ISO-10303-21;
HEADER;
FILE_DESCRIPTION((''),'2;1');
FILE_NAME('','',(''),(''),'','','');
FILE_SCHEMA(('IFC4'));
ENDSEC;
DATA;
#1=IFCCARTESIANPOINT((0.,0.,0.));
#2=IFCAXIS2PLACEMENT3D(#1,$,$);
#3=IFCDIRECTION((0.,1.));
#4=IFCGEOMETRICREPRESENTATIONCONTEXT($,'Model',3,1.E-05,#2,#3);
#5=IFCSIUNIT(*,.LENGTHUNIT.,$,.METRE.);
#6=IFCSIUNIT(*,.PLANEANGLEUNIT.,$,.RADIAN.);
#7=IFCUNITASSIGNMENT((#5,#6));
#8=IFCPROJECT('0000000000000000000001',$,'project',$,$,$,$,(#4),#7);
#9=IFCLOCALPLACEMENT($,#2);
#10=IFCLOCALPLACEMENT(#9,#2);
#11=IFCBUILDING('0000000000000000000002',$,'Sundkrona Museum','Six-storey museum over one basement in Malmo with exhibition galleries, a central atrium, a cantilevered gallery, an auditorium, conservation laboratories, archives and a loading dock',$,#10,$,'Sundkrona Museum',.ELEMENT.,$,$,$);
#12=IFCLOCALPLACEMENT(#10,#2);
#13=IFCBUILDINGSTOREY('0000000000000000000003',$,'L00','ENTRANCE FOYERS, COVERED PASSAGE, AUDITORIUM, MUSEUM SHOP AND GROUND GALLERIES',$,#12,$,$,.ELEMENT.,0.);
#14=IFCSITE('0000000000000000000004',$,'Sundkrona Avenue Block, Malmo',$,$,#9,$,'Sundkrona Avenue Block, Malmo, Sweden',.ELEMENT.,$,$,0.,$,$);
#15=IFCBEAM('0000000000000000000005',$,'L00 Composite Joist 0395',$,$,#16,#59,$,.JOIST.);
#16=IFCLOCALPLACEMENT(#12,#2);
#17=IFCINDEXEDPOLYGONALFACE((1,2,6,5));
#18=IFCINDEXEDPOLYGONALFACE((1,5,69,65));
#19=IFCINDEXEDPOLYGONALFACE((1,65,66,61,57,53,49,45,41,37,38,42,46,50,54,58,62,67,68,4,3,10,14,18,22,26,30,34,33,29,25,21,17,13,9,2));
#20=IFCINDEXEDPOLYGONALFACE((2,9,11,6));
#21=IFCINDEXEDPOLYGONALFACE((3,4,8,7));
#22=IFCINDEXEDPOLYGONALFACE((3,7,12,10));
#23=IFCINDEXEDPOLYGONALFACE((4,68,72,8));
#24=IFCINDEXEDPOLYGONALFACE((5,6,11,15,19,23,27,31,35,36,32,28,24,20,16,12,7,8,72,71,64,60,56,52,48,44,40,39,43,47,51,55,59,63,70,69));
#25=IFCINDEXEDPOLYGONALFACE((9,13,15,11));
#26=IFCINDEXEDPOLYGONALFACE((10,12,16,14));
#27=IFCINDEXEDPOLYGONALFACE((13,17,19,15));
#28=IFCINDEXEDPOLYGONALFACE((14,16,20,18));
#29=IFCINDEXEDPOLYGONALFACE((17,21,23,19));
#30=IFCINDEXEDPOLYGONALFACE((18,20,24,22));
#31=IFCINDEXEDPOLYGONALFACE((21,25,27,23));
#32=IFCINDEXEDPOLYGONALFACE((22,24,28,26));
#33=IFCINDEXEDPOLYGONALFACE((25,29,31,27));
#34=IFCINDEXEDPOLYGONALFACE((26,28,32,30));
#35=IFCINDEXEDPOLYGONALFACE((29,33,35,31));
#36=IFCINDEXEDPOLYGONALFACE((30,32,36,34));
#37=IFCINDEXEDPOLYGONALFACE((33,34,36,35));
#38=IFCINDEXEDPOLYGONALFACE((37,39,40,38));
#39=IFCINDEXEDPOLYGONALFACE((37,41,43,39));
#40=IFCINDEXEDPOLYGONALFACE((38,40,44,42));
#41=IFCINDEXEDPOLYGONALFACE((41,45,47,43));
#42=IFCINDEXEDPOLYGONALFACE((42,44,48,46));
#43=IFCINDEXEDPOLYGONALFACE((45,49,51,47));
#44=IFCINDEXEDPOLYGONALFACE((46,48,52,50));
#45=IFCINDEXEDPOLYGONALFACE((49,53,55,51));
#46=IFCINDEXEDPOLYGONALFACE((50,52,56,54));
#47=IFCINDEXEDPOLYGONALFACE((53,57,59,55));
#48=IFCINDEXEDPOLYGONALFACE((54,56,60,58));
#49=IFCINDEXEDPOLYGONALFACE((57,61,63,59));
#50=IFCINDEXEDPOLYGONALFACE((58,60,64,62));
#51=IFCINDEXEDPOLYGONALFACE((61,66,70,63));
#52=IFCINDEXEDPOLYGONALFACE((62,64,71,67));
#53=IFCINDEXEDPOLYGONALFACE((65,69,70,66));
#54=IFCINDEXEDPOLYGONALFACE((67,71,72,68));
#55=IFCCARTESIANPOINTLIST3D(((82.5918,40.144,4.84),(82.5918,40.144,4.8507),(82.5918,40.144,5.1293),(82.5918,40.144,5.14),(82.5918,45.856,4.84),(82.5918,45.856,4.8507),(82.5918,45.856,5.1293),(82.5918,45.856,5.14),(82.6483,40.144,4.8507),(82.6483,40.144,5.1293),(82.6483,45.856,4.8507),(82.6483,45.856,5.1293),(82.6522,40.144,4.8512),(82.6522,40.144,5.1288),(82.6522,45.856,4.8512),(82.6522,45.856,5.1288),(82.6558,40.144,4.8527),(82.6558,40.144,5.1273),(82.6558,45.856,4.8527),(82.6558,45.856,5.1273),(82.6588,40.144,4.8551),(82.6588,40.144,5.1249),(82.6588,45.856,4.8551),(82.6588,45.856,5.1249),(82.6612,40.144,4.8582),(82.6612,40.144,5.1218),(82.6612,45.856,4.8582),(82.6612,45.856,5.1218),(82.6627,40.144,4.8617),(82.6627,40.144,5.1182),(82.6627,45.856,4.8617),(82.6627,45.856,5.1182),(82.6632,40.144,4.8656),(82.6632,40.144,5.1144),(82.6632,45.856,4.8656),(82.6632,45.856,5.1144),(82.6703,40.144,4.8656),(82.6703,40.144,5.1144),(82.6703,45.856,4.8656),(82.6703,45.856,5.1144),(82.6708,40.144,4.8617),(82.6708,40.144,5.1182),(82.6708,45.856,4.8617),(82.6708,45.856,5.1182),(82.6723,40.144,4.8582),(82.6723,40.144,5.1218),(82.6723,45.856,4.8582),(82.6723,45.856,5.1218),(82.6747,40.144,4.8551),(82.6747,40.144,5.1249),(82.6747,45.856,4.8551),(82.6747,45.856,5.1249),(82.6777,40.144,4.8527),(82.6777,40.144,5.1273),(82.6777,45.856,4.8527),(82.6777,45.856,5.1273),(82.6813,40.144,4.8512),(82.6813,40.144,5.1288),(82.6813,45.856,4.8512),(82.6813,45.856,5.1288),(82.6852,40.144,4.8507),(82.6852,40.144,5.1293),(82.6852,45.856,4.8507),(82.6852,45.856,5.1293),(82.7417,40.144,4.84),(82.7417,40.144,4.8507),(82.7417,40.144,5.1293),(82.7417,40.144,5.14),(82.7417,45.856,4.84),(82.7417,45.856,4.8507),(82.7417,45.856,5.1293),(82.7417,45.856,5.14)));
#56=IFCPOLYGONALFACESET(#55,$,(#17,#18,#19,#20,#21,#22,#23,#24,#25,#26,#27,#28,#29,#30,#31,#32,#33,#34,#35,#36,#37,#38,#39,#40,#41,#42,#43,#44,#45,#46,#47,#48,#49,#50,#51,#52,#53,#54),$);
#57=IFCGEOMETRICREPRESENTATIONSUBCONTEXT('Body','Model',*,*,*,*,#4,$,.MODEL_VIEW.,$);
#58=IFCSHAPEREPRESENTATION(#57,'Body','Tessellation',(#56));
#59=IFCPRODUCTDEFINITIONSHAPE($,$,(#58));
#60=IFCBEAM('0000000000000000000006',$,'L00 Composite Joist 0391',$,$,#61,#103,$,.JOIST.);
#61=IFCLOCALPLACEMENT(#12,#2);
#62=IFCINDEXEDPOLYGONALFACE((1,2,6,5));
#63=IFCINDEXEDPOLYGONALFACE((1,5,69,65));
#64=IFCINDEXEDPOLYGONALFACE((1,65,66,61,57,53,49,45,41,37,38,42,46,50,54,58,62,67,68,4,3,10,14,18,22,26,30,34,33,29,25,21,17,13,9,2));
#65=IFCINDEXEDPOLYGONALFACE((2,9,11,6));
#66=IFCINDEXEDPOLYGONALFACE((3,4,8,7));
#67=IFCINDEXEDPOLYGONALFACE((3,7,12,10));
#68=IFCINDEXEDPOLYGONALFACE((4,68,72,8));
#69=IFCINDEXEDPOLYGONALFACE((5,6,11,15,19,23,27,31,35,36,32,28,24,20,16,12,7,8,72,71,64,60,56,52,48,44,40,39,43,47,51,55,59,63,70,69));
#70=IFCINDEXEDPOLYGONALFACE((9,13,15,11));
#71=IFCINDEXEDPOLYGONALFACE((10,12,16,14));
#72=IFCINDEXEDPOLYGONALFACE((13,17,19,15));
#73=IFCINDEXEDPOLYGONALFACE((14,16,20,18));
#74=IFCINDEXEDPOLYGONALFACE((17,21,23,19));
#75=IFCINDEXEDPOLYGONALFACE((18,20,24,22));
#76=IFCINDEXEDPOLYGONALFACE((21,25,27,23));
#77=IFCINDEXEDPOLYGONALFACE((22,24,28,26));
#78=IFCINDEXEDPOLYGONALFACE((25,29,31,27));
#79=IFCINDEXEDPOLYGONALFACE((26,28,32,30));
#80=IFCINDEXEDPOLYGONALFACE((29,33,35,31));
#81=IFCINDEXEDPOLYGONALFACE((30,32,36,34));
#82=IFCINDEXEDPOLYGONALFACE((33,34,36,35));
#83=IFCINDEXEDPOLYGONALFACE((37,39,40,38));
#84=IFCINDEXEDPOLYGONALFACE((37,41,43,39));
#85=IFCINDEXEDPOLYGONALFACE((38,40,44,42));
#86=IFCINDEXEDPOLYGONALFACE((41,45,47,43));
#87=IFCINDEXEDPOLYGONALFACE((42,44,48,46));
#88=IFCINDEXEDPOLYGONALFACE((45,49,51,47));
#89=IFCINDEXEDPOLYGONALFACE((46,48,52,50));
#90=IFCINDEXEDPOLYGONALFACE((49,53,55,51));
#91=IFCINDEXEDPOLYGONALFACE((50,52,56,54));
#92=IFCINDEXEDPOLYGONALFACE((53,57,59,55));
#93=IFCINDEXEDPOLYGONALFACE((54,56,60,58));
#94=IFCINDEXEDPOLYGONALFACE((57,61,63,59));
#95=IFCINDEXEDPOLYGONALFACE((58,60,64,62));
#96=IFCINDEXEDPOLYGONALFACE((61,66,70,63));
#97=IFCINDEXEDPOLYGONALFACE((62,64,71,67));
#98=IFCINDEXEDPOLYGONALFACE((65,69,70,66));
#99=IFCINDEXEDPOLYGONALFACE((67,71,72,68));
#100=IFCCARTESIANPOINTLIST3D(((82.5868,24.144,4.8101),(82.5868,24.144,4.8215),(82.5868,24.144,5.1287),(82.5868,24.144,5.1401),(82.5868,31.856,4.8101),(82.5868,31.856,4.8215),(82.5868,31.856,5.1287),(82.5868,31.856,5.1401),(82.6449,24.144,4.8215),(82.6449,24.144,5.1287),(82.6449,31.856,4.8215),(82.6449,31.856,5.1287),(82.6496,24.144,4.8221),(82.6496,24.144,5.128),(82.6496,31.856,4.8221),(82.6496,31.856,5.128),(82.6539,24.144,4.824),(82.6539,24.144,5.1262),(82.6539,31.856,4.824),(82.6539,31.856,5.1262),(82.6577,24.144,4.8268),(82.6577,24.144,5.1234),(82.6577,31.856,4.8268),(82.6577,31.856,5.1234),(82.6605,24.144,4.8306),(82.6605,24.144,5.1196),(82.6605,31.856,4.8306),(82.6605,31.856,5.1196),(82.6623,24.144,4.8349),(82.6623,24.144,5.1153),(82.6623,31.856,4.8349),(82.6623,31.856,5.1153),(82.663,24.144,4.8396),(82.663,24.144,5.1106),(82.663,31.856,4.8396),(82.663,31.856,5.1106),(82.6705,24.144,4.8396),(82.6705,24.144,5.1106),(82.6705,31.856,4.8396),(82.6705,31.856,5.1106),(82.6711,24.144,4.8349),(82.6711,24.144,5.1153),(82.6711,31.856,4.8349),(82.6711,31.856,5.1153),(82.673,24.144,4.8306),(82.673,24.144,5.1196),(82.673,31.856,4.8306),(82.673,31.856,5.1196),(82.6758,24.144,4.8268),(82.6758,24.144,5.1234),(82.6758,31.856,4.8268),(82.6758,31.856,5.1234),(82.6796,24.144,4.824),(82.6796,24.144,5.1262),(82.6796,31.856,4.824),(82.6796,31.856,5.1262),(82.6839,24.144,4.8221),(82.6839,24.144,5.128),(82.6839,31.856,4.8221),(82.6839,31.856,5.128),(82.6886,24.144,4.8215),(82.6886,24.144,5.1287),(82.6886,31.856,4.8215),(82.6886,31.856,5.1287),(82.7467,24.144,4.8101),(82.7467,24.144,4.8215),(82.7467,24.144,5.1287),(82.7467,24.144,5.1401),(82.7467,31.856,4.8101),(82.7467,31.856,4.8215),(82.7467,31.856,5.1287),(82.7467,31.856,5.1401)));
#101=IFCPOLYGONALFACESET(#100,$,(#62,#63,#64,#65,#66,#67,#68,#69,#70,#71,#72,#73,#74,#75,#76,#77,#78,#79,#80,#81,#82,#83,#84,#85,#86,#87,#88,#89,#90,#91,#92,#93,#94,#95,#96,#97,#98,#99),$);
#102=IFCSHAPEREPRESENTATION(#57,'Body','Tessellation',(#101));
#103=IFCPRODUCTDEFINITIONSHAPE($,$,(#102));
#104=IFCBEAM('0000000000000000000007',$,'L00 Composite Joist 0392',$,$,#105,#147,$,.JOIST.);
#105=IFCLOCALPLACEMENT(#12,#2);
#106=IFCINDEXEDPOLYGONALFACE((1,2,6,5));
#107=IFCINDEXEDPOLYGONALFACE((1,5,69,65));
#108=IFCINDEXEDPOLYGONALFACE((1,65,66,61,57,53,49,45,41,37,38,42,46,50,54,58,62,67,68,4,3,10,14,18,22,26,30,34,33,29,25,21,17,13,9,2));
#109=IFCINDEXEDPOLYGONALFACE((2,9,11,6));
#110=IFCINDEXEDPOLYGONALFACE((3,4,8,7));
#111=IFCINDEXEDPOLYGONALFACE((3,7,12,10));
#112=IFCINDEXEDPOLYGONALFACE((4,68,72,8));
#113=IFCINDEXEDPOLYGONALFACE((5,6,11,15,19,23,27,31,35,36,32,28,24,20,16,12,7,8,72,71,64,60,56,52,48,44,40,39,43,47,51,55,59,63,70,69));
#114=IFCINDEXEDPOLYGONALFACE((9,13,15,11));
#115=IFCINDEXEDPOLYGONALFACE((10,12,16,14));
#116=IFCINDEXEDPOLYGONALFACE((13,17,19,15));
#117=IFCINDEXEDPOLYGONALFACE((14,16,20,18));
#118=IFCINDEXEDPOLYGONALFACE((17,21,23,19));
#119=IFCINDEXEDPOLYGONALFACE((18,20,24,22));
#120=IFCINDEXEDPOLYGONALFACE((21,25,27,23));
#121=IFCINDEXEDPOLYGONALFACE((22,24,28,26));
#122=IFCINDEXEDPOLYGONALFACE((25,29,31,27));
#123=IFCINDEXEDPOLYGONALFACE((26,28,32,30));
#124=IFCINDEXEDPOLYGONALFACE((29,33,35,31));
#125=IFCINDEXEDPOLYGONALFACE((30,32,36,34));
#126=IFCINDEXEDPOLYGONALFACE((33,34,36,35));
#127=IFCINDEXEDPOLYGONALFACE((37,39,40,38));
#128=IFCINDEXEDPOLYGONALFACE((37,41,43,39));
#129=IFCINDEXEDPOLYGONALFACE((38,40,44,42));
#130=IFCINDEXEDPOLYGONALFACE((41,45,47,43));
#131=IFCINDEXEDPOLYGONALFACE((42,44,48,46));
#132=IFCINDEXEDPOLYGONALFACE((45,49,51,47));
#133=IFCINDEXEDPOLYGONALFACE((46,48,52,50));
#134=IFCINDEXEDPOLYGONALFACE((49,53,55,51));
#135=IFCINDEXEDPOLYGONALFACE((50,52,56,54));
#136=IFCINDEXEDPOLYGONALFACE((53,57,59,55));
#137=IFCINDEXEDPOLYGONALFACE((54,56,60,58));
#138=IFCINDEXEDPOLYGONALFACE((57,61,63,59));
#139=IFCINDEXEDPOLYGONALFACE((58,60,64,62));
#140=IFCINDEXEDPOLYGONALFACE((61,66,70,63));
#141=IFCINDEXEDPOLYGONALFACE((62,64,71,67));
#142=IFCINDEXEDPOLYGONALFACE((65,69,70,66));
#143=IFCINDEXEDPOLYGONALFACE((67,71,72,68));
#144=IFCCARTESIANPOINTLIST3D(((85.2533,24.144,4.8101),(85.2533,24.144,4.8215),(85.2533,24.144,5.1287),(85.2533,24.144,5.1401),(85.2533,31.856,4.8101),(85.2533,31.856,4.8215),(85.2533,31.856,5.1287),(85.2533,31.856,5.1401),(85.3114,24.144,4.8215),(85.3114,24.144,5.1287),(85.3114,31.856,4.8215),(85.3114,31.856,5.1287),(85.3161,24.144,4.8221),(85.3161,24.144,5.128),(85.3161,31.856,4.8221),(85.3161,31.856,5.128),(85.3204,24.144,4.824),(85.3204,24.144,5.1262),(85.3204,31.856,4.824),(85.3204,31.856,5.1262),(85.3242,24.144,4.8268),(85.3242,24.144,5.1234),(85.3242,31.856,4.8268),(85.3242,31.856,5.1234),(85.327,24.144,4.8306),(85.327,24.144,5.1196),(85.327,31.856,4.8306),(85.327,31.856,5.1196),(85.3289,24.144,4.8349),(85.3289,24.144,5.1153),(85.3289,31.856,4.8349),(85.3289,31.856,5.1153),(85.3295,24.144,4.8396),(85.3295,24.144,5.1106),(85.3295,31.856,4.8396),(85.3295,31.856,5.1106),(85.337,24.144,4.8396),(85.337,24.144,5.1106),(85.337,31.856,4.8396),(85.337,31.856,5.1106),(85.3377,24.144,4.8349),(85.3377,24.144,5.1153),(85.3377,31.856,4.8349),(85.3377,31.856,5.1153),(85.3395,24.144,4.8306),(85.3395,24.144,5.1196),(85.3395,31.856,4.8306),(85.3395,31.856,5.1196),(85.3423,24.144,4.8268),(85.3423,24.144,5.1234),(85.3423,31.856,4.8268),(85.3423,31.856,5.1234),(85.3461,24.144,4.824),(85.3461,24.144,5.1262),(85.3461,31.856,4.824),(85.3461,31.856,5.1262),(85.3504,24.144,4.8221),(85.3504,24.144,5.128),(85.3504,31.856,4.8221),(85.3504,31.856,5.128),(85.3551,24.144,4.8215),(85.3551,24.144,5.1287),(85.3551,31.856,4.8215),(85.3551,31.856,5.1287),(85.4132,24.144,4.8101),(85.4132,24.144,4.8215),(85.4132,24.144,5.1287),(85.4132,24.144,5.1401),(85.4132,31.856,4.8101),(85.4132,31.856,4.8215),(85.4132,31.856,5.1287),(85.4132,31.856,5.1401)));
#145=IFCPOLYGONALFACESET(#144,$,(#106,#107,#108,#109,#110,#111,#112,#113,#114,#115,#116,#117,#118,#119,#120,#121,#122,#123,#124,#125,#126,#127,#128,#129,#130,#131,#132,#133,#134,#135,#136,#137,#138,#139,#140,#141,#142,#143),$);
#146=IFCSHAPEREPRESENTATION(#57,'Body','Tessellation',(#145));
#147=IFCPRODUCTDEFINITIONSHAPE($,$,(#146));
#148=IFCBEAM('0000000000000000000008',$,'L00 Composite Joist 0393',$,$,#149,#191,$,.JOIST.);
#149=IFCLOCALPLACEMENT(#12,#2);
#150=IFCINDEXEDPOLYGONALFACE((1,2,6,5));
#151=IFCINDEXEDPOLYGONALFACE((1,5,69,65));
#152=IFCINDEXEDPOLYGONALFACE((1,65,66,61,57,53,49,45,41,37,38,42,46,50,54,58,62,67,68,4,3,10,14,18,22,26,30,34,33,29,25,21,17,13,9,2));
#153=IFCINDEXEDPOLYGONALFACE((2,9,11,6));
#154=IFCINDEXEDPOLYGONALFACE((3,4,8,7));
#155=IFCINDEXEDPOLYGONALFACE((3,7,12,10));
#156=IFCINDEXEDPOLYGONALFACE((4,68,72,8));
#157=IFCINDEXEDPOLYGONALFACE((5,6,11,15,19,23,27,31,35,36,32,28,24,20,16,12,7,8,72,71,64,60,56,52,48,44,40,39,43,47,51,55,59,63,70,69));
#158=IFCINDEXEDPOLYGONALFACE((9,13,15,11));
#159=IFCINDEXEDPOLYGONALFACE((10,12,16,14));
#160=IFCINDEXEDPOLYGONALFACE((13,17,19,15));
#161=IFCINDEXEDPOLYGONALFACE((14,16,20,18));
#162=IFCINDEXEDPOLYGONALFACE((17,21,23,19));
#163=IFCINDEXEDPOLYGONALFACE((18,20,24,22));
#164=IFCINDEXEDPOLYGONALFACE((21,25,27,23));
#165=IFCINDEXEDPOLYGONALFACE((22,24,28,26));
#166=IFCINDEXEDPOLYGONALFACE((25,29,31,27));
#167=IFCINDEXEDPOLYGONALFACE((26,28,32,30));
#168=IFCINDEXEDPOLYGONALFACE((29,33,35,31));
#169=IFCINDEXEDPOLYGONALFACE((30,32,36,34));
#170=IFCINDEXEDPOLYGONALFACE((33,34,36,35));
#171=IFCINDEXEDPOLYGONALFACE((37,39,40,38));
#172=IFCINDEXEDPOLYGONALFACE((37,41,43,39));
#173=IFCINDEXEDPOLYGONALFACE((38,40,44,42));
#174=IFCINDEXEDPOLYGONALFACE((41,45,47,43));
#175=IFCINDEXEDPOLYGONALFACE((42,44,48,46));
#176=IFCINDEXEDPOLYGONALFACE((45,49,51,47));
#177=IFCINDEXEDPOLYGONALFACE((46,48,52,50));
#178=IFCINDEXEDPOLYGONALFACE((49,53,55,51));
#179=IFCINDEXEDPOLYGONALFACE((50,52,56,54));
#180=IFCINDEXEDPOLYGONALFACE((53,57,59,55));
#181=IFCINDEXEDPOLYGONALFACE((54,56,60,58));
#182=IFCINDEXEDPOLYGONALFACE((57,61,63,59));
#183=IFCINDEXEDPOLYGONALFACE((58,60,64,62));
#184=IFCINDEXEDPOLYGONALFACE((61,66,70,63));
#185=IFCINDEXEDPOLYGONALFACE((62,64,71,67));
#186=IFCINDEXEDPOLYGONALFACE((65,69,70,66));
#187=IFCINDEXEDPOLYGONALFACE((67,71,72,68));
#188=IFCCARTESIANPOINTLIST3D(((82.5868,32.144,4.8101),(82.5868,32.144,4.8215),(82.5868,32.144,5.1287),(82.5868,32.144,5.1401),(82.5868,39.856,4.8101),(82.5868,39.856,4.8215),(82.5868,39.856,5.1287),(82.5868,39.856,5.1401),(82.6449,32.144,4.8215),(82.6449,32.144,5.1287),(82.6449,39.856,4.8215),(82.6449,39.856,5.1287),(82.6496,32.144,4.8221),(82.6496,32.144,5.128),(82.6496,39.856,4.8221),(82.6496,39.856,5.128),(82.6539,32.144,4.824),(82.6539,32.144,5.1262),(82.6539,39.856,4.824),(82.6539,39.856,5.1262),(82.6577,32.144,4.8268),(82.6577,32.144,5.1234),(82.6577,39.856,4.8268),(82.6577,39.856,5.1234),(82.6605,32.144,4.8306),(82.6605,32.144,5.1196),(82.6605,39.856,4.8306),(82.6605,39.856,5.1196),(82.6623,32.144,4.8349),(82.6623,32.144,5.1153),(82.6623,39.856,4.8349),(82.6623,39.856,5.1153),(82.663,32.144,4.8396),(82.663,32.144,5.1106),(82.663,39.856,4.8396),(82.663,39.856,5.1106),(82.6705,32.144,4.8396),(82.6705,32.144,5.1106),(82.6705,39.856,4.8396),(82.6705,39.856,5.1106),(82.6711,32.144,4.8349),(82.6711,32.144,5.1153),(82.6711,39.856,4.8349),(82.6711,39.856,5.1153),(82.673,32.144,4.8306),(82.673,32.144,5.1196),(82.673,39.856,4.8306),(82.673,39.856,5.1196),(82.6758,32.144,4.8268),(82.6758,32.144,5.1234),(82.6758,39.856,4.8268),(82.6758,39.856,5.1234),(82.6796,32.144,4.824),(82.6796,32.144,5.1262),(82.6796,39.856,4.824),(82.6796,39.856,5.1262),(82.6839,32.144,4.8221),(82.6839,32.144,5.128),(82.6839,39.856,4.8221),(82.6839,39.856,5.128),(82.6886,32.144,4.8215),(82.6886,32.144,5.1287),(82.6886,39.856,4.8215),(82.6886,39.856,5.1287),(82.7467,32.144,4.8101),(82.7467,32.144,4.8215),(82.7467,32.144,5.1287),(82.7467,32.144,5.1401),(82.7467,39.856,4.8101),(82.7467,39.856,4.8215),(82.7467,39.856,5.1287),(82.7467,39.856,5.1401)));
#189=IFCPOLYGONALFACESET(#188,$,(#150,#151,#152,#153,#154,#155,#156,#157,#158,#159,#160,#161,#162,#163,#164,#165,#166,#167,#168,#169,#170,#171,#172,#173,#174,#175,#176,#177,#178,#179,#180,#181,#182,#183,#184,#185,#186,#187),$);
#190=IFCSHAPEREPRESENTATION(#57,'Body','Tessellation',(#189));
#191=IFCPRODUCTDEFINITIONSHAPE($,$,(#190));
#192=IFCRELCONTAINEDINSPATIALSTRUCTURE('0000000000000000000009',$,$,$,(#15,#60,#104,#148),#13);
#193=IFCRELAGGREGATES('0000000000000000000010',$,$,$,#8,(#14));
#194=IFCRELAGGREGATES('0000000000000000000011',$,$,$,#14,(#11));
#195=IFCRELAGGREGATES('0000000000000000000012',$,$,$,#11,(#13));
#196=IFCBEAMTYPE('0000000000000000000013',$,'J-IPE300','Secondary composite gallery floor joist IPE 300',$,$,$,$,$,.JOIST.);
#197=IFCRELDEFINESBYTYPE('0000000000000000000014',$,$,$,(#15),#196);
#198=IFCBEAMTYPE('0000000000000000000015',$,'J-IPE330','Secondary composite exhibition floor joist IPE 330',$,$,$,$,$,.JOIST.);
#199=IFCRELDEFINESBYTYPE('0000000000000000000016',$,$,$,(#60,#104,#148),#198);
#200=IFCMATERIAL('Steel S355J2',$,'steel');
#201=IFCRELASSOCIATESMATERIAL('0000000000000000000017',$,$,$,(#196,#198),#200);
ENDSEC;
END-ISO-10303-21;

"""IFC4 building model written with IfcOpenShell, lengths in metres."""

from ifc_helpers import new_model, si_unit, direction, frame, origin, origin_2d, place, context, subcontext, project, spatial, i_section, extrude, material, material_profile, profile_set, type_object, element, save


model = new_model("IFC4")

# Units and contexts
model_context = context("Model", 3, precision=1e-05, world=origin(), true_north=direction((0.0, 1.0)))
body_context = subcontext(model_context, "Body", "Model", "MODEL_VIEW")
ifc_project = project(units=[si_unit("LENGTHUNIT", "METRE"), si_unit("PLANEANGLEUNIT", "RADIAN")], contexts=[model_context])

# Site, building, storey
site_placement = place(None, origin())
site = spatial("IfcSite", under=ifc_project, at=site_placement, Name="Sundkrona Avenue Block, Malmo", LongName="Sundkrona Avenue Block, Malmo, Sweden", CompositionType="ELEMENT", RefElevation=0.0)
building_placement = place(site_placement, origin())
building = spatial("IfcBuilding", under=site, at=building_placement, Name="Sundkrona Museum", Description="Six-storey museum over one basement in Malmo with exhibition galleries, a central atrium, a cantilevered gallery, an auditorium, conservation laboratories, archives and a loading dock", LongName="Sundkrona Museum", CompositionType="ELEMENT")
storey_placement = place(building_placement, origin())
storey = spatial("IfcBuildingStorey", under=building, at=storey_placement, Name="L00", Description="ENTRANCE FOYERS, COVERED PASSAGE, AUDITORIUM, MUSEUM SHOP AND GROUND GALLERIES", CompositionType="ELEMENT", Elevation=0.0)

# Shared definitions
ifc_material_1 = material(Name="Steel S355J2", Category="steel")

# Beams
ifc_material_profile_1 = material_profile(ifc_material_1, i_section(OverallWidth=0.1499, OverallDepth=0.3, WebThickness=0.0071, FlangeThickness=0.0107, FilletRadius=0.0149, at=origin_2d()), Name="IPE 300")
ifc_profile_set_1 = profile_set([ifc_material_profile_1], Name="Steel S355J2")
beam_type_1 = type_object("IfcBeamType", Name="J-IPE300", Description="Secondary composite gallery floor joist IPE 300", PredefinedType="JOIST", material=ifc_profile_set_1)
beam_1_placement = place(storey_placement, frame((82.6667, 40.144, 4.99), z_axis=(0.0, 1.0, 0.0), x_axis=(-1.0, 0.0, 0.0)))
element("IfcBeam", 1, at=beam_1_placement, inside=storey, type_object=beam_type_1, Name="L00 Composite Joist 0395", PredefinedType="JOIST", context=body_context, shape_type="SweptSolid", body=[
    extrude(i_section(OverallWidth=0.1499, OverallDepth=0.3, WebThickness=0.0071, FlangeThickness=0.0107, FilletRadius=0.0149, at=origin_2d()), origin(), (0.0, 0.0, 1.0), 5.7119),
])
ifc_material_profile_2 = material_profile(ifc_material_1, i_section(OverallWidth=0.1599, OverallDepth=0.3301, WebThickness=0.0076, FlangeThickness=0.0115, FilletRadius=0.0181, at=origin_2d()), Name="IPE 330")
ifc_profile_set_2 = profile_set([ifc_material_profile_2], Name="Steel S355J2")
beam_type_2 = type_object("IfcBeamType", Name="J-IPE330", Description="Secondary composite exhibition floor joist IPE 330", PredefinedType="JOIST", material=ifc_profile_set_2)
for number, where, z_axis, x_axis, name in (
    (2, (82.6667, 24.144, 4.9751), (0.0, 1.0, 0.0), (-1.0, 0.0, 0.0), "L00 Composite Joist 0391"),
    (3, (85.3333, 24.144, 4.9751), (0.0, 1.0, 0.0), (-1.0, 0.0, 0.0), "L00 Composite Joist 0392"),
    (4, (82.6667, 32.144, 4.9751), (0.0, 1.0, 0.0), (-1.0, 0.0, 0.0), "L00 Composite Joist 0393"),
):
    element("IfcBeam", number, at=place(storey_placement, frame(where, z_axis=z_axis, x_axis=x_axis)), inside=storey, type_object=beam_type_2, Name=name, PredefinedType="JOIST", context=body_context, shape_type="SweptSolid", body=[
        extrude(i_section(OverallWidth=0.1599, OverallDepth=0.3301, WebThickness=0.0076, FlangeThickness=0.0115, FilletRadius=0.0181, at=origin_2d()), origin(), (0.0, 0.0, 1.0), 7.7119),
    ])

save(model, "model.ifc")
